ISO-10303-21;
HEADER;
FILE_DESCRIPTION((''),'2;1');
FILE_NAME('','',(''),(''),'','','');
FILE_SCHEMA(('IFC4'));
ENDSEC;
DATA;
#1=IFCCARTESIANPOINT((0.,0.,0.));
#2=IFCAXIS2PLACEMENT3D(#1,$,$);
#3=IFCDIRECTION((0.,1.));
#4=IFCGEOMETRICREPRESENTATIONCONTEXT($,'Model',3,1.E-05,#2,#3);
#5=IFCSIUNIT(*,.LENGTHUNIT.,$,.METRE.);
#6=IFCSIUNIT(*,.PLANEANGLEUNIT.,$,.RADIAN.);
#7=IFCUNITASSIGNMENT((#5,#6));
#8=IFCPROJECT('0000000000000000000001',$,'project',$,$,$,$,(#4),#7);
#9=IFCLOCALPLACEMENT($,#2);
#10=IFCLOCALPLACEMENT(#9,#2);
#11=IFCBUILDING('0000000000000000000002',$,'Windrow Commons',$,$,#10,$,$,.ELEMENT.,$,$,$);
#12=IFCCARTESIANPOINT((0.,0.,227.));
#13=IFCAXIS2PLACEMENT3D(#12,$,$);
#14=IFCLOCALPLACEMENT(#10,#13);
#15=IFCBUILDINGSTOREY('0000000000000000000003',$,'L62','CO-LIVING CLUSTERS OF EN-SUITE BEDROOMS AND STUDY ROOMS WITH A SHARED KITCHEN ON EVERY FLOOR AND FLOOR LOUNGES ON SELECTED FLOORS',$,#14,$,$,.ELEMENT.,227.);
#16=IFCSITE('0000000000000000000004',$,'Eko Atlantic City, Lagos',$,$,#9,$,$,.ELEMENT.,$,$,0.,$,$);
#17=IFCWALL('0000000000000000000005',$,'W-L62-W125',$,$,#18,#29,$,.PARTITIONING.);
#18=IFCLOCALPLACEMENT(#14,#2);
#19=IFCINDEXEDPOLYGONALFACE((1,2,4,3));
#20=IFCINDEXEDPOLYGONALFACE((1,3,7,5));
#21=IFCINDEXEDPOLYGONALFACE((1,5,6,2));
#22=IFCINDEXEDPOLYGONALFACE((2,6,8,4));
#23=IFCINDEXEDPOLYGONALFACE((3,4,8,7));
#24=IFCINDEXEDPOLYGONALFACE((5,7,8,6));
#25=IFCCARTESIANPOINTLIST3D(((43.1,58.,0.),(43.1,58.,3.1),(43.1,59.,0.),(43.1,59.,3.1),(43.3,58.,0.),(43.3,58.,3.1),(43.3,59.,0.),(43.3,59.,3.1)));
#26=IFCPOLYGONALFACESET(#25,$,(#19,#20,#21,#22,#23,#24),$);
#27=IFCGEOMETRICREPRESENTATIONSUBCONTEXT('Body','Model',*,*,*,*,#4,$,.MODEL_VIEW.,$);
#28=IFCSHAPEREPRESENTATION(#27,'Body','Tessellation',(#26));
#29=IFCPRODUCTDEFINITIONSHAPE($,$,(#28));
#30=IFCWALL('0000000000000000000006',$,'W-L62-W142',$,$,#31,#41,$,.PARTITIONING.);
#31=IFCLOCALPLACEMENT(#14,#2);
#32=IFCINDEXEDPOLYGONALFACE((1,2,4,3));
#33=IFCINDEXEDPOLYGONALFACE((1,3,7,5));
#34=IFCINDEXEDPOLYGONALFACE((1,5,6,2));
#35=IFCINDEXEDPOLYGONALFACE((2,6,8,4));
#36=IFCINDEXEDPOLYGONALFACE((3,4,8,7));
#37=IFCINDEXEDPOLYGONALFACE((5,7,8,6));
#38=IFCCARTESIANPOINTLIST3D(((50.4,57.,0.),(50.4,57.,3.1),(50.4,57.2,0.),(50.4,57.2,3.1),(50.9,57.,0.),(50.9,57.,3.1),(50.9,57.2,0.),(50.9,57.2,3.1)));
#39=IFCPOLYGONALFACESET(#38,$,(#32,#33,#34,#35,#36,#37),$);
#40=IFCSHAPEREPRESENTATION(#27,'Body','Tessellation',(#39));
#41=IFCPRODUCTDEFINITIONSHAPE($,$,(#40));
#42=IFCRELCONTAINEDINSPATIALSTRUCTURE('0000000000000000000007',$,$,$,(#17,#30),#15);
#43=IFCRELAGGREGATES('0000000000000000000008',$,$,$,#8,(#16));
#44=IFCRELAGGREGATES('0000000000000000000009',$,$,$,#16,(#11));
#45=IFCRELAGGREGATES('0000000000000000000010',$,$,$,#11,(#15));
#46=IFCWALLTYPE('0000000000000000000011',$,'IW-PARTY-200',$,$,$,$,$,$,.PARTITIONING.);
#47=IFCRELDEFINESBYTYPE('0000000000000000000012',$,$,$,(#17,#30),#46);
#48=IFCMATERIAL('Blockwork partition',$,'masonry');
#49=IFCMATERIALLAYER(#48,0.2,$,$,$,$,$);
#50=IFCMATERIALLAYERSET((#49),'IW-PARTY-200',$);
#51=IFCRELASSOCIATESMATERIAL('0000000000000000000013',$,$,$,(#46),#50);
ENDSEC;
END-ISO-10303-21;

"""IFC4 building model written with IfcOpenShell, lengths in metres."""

from ifc_helpers import new_model, si_unit, direction, frame, frame_2d, origin, place, context, subcontext, project, spatial, rectangle, extrude, material, layer, layer_set, type_object, element, save


model = new_model("IFC4")

# Units and contexts
model_context = context("Model", 3, precision=1e-05, world=origin(), true_north=direction((0.0, 1.0)))
body_context = subcontext(model_context, "Body", "Model", "MODEL_VIEW")
ifc_project = project(units=[si_unit("LENGTHUNIT", "METRE"), si_unit("PLANEANGLEUNIT", "RADIAN")], contexts=[model_context])

# Site, building, storey
site_placement = place(None, origin())
site = spatial("IfcSite", under=ifc_project, at=site_placement, Name="Eko Atlantic City, Lagos", CompositionType="ELEMENT", RefElevation=0.0)
building_placement = place(site_placement, origin())
building = spatial("IfcBuilding", under=site, at=building_placement, Name="Windrow Commons", CompositionType="ELEMENT")
storey_placement = place(building_placement, frame((0.0, 0.0, 227.0)))
storey = spatial("IfcBuildingStorey", under=building, at=storey_placement, Name="L62", Description="CO-LIVING CLUSTERS OF EN-SUITE BEDROOMS AND STUDY ROOMS WITH A SHARED KITCHEN ON EVERY FLOOR AND FLOOR LOUNGES ON SELECTED FLOORS", CompositionType="ELEMENT", Elevation=227.0)

# Walls
ifc_material_1 = material(Name="Blockwork partition", Category="masonry")
ifc_layer_1 = layer(ifc_material_1, 0.2)
ifc_layer_set_1 = layer_set([ifc_layer_1], Name="IW-PARTY-200")
wall_type_1 = type_object("IfcWallType", Name="IW-PARTY-200", PredefinedType="PARTITIONING", material=ifc_layer_set_1)
wall_1_placement = place(storey_placement, frame((43.2, 58.0, 0.0), z_axis=(0.0, 0.0, 1.0), x_axis=(0.0, 1.0, 0.0)))
element("IfcWall", 1, at=wall_1_placement, inside=storey, type_object=wall_type_1, Name="W-L62-W125", PredefinedType="PARTITIONING", context=body_context, shape_type="SweptSolid", body=[
    extrude(rectangle(XDim=1.0, YDim=0.2, at=frame_2d((0.5, 0.0))), origin(), (0.0, 0.0, 1.0), 3.1),
])
wall_2_placement = place(storey_placement, frame((50.4, 57.1, 0.0), z_axis=(0.0, 0.0, 1.0), x_axis=(1.0, 0.0, 0.0)))
element("IfcWall", 2, at=wall_2_placement, inside=storey, type_object=wall_type_1, Name="W-L62-W142", PredefinedType="PARTITIONING", context=body_context, shape_type="SweptSolid", body=[
    extrude(rectangle(XDim=0.5, YDim=0.2, at=frame_2d((0.25, 0.0))), origin(), (0.0, 0.0, 1.0), 3.1),
])

save(model, "model.ifc")
